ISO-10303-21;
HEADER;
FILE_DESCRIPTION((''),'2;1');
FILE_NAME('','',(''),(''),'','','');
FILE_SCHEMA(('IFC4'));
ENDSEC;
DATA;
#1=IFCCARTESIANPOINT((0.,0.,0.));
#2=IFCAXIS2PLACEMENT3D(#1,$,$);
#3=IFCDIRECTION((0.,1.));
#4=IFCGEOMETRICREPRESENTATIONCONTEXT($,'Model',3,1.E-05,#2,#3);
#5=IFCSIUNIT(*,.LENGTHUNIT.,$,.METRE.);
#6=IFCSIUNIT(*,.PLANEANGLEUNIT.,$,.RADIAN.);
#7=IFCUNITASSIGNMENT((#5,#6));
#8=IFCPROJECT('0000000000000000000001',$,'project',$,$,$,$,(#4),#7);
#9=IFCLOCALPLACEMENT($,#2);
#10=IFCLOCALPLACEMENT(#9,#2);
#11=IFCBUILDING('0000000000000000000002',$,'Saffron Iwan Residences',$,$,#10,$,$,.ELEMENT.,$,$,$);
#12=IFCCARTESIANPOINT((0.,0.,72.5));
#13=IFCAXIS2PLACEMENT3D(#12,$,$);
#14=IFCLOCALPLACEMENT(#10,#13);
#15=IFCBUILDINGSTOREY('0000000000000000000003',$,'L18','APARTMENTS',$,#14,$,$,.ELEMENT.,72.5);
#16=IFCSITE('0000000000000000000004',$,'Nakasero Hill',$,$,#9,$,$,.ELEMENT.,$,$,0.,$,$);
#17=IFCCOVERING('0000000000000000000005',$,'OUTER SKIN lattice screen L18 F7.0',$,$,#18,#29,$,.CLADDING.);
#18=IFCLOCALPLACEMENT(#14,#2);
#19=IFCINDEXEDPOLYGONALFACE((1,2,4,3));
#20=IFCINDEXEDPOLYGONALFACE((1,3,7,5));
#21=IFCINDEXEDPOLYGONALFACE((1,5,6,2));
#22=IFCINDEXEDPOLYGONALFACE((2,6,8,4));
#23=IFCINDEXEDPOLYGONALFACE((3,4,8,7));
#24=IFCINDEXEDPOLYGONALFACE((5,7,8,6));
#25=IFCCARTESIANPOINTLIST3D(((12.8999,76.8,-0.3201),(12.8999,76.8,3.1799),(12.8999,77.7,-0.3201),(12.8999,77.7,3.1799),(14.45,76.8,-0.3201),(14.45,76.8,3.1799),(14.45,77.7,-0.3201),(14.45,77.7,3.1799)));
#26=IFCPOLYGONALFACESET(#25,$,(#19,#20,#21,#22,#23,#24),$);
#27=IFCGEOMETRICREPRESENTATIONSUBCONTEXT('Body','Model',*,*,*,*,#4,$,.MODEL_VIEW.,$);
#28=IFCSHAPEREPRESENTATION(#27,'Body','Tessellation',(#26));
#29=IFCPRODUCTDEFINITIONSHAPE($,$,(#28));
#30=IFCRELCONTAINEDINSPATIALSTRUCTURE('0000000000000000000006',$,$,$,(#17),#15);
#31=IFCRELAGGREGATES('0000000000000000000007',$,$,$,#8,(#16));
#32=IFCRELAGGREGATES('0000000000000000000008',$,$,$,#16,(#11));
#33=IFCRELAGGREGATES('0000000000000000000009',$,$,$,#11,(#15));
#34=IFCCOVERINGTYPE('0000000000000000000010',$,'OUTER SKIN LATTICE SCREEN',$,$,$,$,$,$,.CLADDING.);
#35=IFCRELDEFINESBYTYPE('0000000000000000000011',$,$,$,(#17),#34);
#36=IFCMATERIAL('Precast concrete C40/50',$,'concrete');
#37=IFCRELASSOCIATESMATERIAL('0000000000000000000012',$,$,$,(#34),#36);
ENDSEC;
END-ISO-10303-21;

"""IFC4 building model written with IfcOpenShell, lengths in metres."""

from ifc_helpers import new_model, si_unit, direction, frame, origin, place, context, subcontext, project, spatial, polyline, outline, extrude, material, type_object, element, save


model = new_model("IFC4")

# Units and contexts
model_context = context("Model", 3, precision=1e-05, world=origin(), true_north=direction((0.0, 1.0)))
body_context = subcontext(model_context, "Body", "Model", "MODEL_VIEW")
ifc_project = project(units=[si_unit("LENGTHUNIT", "METRE"), si_unit("PLANEANGLEUNIT", "RADIAN")], contexts=[model_context])

# Site, building, storey
site_placement = place(None, origin())
site = spatial("IfcSite", under=ifc_project, at=site_placement, Name="Nakasero Hill", CompositionType="ELEMENT", RefElevation=0.0)
building_placement = place(site_placement, origin())
building = spatial("IfcBuilding", under=site, at=building_placement, Name="Saffron Iwan Residences", CompositionType="ELEMENT")
storey_placement = place(building_placement, frame((0.0, 0.0, 72.5)))
storey = spatial("IfcBuildingStorey", under=building, at=storey_placement, Name="L18", Description="APARTMENTS", CompositionType="ELEMENT", Elevation=72.5)

# Covering
ifc_material_1 = material(Name="Precast concrete C40/50", Category="concrete")
covering_type = type_object("IfcCoveringType", Name="OUTER SKIN LATTICE SCREEN", PredefinedType="CLADDING", material=ifc_material_1)
covering_placement = place(storey_placement, frame((14.45, 76.8, -0.3201), z_axis=(0.0, 1.0, 0.0), x_axis=(-1.0, 0.0, 0.0)))
element("IfcCovering", 1, at=covering_placement, inside=storey, type_object=covering_type, Name="OUTER SKIN lattice screen L18 F7.0", PredefinedType="CLADDING", context=body_context, shape_type="SweptSolid", body=[
    extrude(outline(polyline([(0.0, 0.0), (1.55, 0.0), (1.55, 3.5), (0.0, 3.5), (0.0, 0.0)])), origin(), (0.0, 0.0, 1.0), 0.8999),
])

save(model, "model.ifc")
